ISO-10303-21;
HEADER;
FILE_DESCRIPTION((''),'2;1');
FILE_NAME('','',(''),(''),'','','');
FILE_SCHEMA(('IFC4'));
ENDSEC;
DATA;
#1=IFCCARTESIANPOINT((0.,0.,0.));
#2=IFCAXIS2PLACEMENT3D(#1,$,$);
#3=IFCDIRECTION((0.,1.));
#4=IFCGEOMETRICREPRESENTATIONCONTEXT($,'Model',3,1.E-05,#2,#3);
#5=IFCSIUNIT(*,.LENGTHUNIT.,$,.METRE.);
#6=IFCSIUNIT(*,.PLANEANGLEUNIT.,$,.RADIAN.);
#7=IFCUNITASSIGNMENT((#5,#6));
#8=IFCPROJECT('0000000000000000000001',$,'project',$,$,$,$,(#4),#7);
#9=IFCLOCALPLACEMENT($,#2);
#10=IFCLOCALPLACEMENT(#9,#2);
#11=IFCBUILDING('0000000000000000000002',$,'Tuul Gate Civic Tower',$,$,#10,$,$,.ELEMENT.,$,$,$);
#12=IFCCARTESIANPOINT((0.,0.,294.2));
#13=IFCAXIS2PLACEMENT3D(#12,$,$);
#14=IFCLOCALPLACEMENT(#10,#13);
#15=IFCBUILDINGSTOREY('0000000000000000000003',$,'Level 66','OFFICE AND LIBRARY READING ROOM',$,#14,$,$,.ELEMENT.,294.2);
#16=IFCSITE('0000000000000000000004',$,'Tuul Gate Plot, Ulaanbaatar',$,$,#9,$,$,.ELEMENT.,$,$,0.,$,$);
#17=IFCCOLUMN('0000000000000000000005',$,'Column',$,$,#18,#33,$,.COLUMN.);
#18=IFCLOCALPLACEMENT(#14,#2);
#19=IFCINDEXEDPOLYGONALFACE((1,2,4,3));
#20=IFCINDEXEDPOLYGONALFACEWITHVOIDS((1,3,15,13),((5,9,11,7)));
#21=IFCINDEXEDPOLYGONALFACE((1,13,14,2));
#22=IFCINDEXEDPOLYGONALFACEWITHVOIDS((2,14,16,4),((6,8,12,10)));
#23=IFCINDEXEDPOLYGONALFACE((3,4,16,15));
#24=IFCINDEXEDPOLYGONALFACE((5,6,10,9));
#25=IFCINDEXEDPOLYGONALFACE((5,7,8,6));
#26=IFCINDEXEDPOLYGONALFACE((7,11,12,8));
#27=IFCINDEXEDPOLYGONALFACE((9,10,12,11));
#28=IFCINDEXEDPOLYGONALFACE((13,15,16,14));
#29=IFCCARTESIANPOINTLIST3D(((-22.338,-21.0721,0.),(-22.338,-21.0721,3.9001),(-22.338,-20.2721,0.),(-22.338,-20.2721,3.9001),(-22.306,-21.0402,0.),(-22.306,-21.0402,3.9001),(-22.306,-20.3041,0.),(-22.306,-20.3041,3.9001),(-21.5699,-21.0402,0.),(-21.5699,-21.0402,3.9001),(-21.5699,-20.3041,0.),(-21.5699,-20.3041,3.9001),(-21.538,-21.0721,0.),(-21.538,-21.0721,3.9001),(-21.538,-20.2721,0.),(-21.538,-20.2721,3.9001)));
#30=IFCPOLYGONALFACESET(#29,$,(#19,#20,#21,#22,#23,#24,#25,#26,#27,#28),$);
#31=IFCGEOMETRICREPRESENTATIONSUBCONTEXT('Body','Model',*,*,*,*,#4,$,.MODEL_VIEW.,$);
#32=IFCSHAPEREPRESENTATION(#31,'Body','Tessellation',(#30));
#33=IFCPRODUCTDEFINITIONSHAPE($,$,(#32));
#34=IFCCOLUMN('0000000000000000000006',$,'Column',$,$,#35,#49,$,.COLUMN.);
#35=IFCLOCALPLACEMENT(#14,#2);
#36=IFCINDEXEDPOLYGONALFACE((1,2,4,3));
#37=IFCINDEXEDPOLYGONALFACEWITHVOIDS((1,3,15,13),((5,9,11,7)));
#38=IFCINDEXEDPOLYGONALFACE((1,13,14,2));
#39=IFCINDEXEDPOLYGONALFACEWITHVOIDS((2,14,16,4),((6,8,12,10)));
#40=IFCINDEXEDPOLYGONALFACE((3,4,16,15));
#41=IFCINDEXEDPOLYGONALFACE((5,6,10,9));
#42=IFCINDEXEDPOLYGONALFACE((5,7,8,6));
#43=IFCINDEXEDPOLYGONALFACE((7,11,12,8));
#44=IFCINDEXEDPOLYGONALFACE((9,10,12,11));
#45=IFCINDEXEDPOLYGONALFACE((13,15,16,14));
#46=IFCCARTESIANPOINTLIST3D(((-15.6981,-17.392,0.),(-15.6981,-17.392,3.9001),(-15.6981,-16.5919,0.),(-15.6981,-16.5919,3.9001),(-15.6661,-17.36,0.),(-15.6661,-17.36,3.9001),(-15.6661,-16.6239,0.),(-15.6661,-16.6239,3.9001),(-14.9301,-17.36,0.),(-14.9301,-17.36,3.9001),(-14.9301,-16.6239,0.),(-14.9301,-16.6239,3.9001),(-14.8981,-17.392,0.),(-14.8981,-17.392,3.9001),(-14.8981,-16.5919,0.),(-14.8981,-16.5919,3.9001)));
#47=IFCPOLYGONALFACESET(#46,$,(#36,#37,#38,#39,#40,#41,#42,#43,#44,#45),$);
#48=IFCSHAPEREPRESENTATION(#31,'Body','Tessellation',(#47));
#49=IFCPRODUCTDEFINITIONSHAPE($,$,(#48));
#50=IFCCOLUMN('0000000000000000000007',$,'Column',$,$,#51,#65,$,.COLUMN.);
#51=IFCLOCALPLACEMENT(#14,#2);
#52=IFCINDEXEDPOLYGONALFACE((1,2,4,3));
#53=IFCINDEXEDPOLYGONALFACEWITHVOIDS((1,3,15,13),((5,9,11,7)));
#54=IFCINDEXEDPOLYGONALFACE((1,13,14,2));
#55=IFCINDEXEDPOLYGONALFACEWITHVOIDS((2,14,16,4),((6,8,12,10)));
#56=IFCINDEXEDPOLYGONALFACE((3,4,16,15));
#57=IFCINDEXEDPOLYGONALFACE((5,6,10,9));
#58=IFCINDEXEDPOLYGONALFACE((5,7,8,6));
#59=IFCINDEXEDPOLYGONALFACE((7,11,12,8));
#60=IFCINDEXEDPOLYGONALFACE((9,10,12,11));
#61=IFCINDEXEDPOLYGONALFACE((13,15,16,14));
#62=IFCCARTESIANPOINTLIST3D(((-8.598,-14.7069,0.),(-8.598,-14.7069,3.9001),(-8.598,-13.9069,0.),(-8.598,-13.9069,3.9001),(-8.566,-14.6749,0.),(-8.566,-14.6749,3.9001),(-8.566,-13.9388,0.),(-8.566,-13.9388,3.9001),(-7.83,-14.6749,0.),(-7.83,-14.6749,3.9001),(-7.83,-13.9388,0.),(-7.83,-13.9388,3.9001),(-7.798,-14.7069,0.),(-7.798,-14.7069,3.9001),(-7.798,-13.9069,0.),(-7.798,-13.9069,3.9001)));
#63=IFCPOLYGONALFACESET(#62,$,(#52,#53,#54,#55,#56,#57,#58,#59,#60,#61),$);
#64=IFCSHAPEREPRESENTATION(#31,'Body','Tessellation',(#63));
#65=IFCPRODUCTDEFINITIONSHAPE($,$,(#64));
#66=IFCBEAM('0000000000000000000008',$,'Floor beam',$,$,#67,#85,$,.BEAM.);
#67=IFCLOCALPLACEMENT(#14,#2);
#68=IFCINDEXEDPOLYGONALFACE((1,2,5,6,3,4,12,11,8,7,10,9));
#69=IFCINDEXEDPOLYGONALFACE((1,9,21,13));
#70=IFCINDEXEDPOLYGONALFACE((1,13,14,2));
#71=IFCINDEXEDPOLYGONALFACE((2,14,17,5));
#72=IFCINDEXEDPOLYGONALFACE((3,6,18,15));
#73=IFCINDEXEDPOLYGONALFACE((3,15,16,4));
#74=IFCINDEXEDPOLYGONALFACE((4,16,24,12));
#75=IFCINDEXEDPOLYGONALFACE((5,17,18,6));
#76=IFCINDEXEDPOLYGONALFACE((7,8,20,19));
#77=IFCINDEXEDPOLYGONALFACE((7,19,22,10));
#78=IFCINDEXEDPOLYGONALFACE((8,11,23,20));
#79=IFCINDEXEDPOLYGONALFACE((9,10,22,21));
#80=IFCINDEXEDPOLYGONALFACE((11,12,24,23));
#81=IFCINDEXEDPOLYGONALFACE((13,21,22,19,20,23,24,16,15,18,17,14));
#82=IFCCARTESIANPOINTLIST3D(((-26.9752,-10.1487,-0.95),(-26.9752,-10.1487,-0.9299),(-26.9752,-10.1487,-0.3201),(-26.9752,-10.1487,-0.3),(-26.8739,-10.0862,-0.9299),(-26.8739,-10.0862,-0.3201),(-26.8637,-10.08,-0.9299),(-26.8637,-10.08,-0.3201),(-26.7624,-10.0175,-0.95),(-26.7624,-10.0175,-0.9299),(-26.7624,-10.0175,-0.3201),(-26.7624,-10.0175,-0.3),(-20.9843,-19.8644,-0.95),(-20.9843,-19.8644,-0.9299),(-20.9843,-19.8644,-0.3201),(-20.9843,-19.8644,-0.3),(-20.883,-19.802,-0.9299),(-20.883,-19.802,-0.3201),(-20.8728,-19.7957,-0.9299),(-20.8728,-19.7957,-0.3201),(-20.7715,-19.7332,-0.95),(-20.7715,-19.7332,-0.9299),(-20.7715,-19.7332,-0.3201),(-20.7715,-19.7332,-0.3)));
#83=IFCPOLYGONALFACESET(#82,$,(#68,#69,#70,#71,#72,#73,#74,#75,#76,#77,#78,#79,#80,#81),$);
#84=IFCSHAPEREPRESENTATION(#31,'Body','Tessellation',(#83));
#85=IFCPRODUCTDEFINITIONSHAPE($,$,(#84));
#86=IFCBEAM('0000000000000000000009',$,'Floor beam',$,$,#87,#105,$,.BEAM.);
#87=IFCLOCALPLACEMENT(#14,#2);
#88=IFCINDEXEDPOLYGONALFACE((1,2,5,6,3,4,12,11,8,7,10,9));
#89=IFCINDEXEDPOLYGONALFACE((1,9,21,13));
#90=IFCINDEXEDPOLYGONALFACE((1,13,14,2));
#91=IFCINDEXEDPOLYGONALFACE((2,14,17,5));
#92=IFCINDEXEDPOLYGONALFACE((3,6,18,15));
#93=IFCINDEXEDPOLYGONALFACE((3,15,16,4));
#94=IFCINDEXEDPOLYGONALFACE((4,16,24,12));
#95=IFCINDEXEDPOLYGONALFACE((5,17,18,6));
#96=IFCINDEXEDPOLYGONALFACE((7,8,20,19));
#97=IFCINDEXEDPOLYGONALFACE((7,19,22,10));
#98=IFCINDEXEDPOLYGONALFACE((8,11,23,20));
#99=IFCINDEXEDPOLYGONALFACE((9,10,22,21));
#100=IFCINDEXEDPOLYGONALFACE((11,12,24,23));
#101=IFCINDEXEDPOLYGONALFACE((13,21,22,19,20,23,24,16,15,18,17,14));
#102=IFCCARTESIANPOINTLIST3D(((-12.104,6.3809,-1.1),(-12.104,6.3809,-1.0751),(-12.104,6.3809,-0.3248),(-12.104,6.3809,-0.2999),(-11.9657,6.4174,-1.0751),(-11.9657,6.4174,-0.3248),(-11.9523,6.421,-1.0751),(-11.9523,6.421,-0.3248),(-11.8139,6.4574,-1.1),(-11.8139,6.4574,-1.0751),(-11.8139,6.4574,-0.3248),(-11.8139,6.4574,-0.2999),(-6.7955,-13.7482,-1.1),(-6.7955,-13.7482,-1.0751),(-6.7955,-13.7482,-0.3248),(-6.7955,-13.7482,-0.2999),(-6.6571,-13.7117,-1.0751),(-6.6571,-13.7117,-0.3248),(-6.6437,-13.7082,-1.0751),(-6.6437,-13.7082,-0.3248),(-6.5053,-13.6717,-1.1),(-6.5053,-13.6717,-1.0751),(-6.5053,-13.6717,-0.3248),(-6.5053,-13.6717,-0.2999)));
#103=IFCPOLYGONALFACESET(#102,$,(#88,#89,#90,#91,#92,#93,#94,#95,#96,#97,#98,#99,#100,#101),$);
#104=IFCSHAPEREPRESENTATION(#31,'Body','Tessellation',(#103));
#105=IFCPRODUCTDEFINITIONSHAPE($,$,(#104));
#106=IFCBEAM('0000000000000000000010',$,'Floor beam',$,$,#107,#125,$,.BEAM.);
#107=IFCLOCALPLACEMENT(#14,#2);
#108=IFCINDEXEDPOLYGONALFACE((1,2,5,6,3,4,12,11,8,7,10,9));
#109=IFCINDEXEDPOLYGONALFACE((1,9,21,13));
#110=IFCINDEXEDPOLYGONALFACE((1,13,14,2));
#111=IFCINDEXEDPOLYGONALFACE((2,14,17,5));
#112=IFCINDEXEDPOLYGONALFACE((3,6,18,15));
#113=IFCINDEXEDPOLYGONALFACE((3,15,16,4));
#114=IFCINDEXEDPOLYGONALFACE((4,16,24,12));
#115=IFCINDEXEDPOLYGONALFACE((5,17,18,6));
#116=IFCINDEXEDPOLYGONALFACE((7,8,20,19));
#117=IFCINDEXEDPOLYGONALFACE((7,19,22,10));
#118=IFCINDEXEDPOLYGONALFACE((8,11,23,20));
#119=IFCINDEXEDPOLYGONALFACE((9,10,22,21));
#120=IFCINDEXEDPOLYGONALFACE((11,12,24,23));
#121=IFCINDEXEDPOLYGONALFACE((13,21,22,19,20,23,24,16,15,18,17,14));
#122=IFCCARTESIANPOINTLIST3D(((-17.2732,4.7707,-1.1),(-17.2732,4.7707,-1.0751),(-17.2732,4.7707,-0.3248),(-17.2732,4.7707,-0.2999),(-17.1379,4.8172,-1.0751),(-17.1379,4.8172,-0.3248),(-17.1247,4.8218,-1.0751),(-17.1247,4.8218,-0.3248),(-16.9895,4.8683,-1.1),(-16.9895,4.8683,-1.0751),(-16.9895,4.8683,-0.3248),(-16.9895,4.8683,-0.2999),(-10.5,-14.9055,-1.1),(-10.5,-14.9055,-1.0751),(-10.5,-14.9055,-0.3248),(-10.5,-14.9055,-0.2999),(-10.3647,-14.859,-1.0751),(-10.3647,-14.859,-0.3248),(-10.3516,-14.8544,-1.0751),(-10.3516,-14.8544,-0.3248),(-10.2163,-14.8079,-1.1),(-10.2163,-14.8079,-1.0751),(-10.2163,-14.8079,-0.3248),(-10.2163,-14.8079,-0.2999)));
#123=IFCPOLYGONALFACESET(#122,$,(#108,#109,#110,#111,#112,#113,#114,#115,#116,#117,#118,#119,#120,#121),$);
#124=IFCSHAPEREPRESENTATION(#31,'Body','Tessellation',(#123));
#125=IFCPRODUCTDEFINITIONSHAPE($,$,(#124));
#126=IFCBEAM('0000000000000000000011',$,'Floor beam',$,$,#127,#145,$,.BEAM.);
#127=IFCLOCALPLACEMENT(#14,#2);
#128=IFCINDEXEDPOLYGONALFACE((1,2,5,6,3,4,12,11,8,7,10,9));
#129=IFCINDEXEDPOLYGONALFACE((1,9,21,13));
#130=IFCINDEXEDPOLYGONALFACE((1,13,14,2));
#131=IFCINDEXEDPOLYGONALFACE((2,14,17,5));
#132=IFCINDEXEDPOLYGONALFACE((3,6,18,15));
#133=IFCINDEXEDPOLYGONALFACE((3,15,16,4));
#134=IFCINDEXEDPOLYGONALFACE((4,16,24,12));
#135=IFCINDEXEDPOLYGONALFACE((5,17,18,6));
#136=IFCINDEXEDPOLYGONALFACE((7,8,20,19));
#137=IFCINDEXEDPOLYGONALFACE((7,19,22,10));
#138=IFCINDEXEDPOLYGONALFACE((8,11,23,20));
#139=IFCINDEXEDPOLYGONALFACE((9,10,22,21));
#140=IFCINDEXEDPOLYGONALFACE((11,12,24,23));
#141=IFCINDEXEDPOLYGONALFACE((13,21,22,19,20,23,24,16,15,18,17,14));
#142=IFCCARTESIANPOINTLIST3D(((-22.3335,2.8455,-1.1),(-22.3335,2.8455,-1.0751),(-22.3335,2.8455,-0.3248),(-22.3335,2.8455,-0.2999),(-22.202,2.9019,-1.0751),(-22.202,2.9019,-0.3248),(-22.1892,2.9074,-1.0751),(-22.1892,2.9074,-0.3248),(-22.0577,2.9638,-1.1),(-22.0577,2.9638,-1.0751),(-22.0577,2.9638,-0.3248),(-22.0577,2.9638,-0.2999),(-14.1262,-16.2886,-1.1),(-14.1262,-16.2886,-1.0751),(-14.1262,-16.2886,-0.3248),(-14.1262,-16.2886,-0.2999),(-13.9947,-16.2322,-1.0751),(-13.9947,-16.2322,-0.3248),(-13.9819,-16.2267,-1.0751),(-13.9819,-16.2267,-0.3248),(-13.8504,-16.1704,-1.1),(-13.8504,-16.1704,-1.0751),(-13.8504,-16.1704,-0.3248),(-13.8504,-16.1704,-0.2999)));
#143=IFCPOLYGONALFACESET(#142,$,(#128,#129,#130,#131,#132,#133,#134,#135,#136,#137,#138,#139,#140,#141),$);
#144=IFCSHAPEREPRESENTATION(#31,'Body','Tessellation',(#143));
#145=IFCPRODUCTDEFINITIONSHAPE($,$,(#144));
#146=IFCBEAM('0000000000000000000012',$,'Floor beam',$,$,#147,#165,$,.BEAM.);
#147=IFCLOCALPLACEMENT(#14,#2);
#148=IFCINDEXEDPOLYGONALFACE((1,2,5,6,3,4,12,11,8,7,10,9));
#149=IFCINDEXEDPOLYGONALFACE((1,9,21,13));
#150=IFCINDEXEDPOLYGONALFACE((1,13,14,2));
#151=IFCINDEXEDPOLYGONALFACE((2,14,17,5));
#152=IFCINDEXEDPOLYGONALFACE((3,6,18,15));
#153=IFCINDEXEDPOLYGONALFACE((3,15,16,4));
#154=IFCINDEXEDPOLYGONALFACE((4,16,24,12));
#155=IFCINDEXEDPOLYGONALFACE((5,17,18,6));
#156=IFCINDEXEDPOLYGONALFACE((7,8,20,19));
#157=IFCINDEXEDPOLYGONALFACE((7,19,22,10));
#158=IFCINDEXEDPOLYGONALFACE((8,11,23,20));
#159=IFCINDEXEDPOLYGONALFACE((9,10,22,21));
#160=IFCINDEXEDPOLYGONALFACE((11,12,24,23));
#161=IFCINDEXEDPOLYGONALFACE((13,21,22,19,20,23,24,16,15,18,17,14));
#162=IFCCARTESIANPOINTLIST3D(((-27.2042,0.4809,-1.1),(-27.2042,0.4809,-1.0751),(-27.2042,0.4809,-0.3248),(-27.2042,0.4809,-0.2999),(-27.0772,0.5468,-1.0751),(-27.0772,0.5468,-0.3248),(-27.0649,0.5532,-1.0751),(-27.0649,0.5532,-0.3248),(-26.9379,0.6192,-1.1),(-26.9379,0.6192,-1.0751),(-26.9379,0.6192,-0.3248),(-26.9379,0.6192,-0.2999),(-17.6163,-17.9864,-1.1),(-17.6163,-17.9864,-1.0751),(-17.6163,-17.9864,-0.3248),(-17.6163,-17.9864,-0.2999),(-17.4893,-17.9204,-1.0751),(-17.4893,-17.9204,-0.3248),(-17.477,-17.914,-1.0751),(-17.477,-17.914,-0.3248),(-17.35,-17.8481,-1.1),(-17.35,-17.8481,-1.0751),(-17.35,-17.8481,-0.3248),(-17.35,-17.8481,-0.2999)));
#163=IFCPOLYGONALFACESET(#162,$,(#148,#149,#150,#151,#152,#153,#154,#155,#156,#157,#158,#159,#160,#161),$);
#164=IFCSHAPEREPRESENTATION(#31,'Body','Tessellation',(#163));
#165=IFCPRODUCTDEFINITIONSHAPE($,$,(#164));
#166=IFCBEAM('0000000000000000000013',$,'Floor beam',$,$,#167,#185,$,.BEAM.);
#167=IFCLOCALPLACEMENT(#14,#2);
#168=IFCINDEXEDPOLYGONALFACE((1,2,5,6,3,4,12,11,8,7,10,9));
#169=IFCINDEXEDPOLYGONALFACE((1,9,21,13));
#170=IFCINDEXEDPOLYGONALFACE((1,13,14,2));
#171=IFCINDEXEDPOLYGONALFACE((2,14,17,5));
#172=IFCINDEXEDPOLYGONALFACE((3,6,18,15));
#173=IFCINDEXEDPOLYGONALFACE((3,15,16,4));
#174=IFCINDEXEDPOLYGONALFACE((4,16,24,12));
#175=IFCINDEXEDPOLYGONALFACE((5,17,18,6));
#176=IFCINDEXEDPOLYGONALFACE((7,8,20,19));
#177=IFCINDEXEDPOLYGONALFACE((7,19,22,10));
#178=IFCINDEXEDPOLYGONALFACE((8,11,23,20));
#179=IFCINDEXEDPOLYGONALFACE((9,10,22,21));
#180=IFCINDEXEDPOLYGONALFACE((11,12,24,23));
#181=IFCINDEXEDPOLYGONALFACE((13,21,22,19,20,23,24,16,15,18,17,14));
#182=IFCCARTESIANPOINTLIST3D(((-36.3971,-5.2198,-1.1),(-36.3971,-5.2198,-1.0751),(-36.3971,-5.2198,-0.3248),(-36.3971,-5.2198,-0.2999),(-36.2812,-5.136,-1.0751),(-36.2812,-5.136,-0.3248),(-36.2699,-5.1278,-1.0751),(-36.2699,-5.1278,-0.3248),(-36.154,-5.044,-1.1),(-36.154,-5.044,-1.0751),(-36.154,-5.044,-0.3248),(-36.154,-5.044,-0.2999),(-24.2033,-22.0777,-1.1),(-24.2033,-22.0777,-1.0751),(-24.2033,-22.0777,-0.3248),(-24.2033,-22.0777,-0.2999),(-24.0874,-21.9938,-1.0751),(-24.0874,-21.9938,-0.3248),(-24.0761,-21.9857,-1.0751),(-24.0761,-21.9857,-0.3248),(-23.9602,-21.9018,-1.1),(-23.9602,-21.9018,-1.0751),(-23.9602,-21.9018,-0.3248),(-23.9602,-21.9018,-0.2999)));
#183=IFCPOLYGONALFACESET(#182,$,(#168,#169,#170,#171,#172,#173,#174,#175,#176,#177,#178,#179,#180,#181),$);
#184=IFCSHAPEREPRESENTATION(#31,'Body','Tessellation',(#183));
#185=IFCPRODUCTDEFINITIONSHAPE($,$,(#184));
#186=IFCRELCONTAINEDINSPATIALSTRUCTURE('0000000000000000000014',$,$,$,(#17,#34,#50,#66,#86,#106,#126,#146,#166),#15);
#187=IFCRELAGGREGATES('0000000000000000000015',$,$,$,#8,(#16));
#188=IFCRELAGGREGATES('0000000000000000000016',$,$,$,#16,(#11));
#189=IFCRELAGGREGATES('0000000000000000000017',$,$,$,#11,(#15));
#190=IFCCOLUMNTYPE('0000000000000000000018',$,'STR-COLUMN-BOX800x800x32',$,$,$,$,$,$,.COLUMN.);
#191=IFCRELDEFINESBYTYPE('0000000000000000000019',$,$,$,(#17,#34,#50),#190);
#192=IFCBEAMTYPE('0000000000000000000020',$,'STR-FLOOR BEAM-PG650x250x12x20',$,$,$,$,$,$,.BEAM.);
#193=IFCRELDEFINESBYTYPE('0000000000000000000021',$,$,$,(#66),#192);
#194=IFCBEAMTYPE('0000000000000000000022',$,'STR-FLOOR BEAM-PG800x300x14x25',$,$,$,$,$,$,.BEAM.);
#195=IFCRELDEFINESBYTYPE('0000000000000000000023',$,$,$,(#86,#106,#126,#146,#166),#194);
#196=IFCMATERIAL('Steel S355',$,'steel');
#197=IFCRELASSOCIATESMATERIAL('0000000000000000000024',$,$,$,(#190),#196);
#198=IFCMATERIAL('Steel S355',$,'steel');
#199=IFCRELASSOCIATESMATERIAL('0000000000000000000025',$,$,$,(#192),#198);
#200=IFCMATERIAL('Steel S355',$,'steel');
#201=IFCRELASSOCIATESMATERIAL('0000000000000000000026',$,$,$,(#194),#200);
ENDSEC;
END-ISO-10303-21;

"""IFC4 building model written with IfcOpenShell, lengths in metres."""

from ifc_helpers import new_model, si_unit, direction, frame, origin, origin_2d, place, context, subcontext, project, spatial, hollow_rectangle, i_section, extrude, material, material_profile, profile_set, type_object, element, save


model = new_model("IFC4")

# Units and contexts
model_context = context("Model", 3, precision=1e-05, world=origin(), true_north=direction((0.0, 1.0)))
body_context = subcontext(model_context, "Body", "Model", "MODEL_VIEW")
ifc_project = project(units=[si_unit("LENGTHUNIT", "METRE"), si_unit("PLANEANGLEUNIT", "RADIAN")], contexts=[model_context])

# Site, building, storey
site_placement = place(None, origin())
site = spatial("IfcSite", under=ifc_project, at=site_placement, Name="Tuul Gate Plot, Ulaanbaatar", CompositionType="ELEMENT", RefElevation=0.0)
building_placement = place(site_placement, origin())
building = spatial("IfcBuilding", under=site, at=building_placement, Name="Tuul Gate Civic Tower", CompositionType="ELEMENT")
storey_placement = place(building_placement, frame((0.0, 0.0, 294.2)))
storey = spatial("IfcBuildingStorey", under=building, at=storey_placement, Name="Level 66", Description="OFFICE AND LIBRARY READING ROOM", CompositionType="ELEMENT", Elevation=294.2)

# Columns
ifc_material_1 = material(Name="Steel S355", Category="steel")
ifc_material_profile_1 = material_profile(ifc_material_1, hollow_rectangle(XDim=0.8, YDim=0.8, WallThickness=0.032, at=origin_2d()), Name="BOX800x800x32")
ifc_profile_set_1 = profile_set([ifc_material_profile_1], Name="Steel S355")
column_type = type_object("IfcColumnType", Name="STR-COLUMN-BOX800x800x32", PredefinedType="COLUMN", material=ifc_profile_set_1)
for number, where, z_axis, x_axis, name in (
    (1, (-21.938, -20.6721, 0.0), (0.0, 0.0, 1.0), (1.0, 0.0, 0.0), "Column"),
    (2, (-15.2981, -16.9919, 0.0), (0.0, 0.0, 1.0), (1.0, 0.0, 0.0), "Column"),
    (3, (-8.198, -14.3069, 0.0), (0.0, 0.0, 1.0), (1.0, 0.0, 0.0), "Column"),
):
    element("IfcColumn", number, at=place(storey_placement, frame(where, z_axis=z_axis, x_axis=x_axis)), inside=storey, type_object=column_type, Name=name, PredefinedType="COLUMN", context=body_context, shape_type="SweptSolid", body=[
        extrude(hollow_rectangle(XDim=0.8, YDim=0.8, WallThickness=0.032, at=origin_2d()), origin(), (0.0, 0.0, 1.0), 3.9001),
    ])

# Beams
ifc_material_2 = material(Name="Steel S355", Category="steel")
ifc_material_profile_2 = material_profile(ifc_material_2, i_section(OverallWidth=0.25, OverallDepth=0.6499, WebThickness=0.012, FlangeThickness=0.02, at=origin_2d()), Name="PG650x250x12x20")
ifc_profile_set_2 = profile_set([ifc_material_profile_2], Name="Steel S355")
beam_type_1 = type_object("IfcBeamType", Name="STR-FLOOR BEAM-PG650x250x12x20", PredefinedType="BEAM", material=ifc_profile_set_2)
beam_1_placement = place(storey_placement, frame((-20.8779, -19.7988, -0.625), z_axis=(-0.52486, 0.851189, 0.0), x_axis=(-0.851189, -0.52486, 0.0)))
element("IfcBeam", 4, at=beam_1_placement, inside=storey, type_object=beam_type_1, Name="Floor beam", PredefinedType="BEAM", context=body_context, shape_type="SweptSolid", body=[
    extrude(i_section(OverallWidth=0.25, OverallDepth=0.6499, WebThickness=0.012, FlangeThickness=0.02, at=origin_2d()), origin(), (0.0, 0.0, 1.0), 11.4143),
])
ifc_material_3 = material(Name="Steel S355", Category="steel")
ifc_material_profile_3 = material_profile(ifc_material_3, i_section(OverallWidth=0.3, OverallDepth=0.8, WebThickness=0.0139, FlangeThickness=0.0249, at=origin_2d()), Name="PG800x300x14x25")
ifc_profile_set_3 = profile_set([ifc_material_profile_3], Name="Steel S355")
beam_type_2 = type_object("IfcBeamType", Name="STR-FLOOR BEAM-PG800x300x14x25", PredefinedType="BEAM", material=ifc_profile_set_3)
beam_2_placement = place(storey_placement, frame((-6.6504, -13.71, -0.7), z_axis=(-0.255008, 0.966939, 0.0), x_axis=(-0.966939, -0.255008, 0.0)))
element("IfcBeam", 5, at=beam_2_placement, inside=storey, type_object=beam_type_2, Name="Floor beam", PredefinedType="BEAM", context=body_context, shape_type="SweptSolid", body=[
    extrude(i_section(OverallWidth=0.3, OverallDepth=0.8, WebThickness=0.0139, FlangeThickness=0.0249, at=origin_2d()), origin(), (0.0, 0.0, 1.0), 20.8174),
])
beam_3_placement = place(storey_placement, frame((-10.3582, -14.8567, -0.7), z_axis=(-0.325487, 0.945547, 0.0), x_axis=(-0.945547, -0.325487, 0.0)))
element("IfcBeam", 6, at=beam_3_placement, inside=storey, type_object=beam_type_2, Name="Floor beam", PredefinedType="BEAM", context=body_context, shape_type="SweptSolid", body=[
    extrude(i_section(OverallWidth=0.3, OverallDepth=0.8, WebThickness=0.0139, FlangeThickness=0.0249, at=origin_2d()), origin(), (0.0, 0.0, 1.0), 20.8093),
])
beam_4_placement = place(storey_placement, frame((-13.9883, -16.2295, -0.7), z_axis=(-0.394202, 0.919024, 0.0), x_axis=(-0.919024, -0.394202, 0.0)))
element("IfcBeam", 7, at=beam_4_placement, inside=storey, type_object=beam_type_2, Name="Floor beam", PredefinedType="BEAM", context=body_context, shape_type="SweptSolid", body=[
    extrude(i_section(OverallWidth=0.3, OverallDepth=0.8, WebThickness=0.0139, FlangeThickness=0.0249, at=origin_2d()), origin(), (0.0, 0.0, 1.0), 20.8201),
])
beam_5_placement = place(storey_placement, frame((-17.4832, -17.9172, -0.7), z_axis=(-0.460782, 0.887514, 0.0), x_axis=(-0.887514, -0.460782, 0.0)))
element("IfcBeam", 8, at=beam_5_placement, inside=storey, type_object=beam_type_2, Name="Floor beam", PredefinedType="BEAM", context=body_context, shape_type="SweptSolid", body=[
    extrude(i_section(OverallWidth=0.3, OverallDepth=0.8, WebThickness=0.0139, FlangeThickness=0.0249, at=origin_2d()), origin(), (0.0, 0.0, 1.0), 20.8079),
])
beam_6_placement = place(storey_placement, frame((-24.0818, -21.9897, -0.7), z_axis=(-0.586081, 0.810253, 0.0), x_axis=(-0.810253, -0.586081, 0.0)))
element("IfcBeam", 9, at=beam_6_placement, inside=storey, type_object=beam_type_2, Name="Floor beam", PredefinedType="BEAM", context=body_context, shape_type="SweptSolid", body=[
    extrude(i_section(OverallWidth=0.3, OverallDepth=0.8, WebThickness=0.0139, FlangeThickness=0.0249, at=origin_2d()), origin(), (0.0, 0.0, 1.0), 20.8057),
])

save(model, "model.ifc")
